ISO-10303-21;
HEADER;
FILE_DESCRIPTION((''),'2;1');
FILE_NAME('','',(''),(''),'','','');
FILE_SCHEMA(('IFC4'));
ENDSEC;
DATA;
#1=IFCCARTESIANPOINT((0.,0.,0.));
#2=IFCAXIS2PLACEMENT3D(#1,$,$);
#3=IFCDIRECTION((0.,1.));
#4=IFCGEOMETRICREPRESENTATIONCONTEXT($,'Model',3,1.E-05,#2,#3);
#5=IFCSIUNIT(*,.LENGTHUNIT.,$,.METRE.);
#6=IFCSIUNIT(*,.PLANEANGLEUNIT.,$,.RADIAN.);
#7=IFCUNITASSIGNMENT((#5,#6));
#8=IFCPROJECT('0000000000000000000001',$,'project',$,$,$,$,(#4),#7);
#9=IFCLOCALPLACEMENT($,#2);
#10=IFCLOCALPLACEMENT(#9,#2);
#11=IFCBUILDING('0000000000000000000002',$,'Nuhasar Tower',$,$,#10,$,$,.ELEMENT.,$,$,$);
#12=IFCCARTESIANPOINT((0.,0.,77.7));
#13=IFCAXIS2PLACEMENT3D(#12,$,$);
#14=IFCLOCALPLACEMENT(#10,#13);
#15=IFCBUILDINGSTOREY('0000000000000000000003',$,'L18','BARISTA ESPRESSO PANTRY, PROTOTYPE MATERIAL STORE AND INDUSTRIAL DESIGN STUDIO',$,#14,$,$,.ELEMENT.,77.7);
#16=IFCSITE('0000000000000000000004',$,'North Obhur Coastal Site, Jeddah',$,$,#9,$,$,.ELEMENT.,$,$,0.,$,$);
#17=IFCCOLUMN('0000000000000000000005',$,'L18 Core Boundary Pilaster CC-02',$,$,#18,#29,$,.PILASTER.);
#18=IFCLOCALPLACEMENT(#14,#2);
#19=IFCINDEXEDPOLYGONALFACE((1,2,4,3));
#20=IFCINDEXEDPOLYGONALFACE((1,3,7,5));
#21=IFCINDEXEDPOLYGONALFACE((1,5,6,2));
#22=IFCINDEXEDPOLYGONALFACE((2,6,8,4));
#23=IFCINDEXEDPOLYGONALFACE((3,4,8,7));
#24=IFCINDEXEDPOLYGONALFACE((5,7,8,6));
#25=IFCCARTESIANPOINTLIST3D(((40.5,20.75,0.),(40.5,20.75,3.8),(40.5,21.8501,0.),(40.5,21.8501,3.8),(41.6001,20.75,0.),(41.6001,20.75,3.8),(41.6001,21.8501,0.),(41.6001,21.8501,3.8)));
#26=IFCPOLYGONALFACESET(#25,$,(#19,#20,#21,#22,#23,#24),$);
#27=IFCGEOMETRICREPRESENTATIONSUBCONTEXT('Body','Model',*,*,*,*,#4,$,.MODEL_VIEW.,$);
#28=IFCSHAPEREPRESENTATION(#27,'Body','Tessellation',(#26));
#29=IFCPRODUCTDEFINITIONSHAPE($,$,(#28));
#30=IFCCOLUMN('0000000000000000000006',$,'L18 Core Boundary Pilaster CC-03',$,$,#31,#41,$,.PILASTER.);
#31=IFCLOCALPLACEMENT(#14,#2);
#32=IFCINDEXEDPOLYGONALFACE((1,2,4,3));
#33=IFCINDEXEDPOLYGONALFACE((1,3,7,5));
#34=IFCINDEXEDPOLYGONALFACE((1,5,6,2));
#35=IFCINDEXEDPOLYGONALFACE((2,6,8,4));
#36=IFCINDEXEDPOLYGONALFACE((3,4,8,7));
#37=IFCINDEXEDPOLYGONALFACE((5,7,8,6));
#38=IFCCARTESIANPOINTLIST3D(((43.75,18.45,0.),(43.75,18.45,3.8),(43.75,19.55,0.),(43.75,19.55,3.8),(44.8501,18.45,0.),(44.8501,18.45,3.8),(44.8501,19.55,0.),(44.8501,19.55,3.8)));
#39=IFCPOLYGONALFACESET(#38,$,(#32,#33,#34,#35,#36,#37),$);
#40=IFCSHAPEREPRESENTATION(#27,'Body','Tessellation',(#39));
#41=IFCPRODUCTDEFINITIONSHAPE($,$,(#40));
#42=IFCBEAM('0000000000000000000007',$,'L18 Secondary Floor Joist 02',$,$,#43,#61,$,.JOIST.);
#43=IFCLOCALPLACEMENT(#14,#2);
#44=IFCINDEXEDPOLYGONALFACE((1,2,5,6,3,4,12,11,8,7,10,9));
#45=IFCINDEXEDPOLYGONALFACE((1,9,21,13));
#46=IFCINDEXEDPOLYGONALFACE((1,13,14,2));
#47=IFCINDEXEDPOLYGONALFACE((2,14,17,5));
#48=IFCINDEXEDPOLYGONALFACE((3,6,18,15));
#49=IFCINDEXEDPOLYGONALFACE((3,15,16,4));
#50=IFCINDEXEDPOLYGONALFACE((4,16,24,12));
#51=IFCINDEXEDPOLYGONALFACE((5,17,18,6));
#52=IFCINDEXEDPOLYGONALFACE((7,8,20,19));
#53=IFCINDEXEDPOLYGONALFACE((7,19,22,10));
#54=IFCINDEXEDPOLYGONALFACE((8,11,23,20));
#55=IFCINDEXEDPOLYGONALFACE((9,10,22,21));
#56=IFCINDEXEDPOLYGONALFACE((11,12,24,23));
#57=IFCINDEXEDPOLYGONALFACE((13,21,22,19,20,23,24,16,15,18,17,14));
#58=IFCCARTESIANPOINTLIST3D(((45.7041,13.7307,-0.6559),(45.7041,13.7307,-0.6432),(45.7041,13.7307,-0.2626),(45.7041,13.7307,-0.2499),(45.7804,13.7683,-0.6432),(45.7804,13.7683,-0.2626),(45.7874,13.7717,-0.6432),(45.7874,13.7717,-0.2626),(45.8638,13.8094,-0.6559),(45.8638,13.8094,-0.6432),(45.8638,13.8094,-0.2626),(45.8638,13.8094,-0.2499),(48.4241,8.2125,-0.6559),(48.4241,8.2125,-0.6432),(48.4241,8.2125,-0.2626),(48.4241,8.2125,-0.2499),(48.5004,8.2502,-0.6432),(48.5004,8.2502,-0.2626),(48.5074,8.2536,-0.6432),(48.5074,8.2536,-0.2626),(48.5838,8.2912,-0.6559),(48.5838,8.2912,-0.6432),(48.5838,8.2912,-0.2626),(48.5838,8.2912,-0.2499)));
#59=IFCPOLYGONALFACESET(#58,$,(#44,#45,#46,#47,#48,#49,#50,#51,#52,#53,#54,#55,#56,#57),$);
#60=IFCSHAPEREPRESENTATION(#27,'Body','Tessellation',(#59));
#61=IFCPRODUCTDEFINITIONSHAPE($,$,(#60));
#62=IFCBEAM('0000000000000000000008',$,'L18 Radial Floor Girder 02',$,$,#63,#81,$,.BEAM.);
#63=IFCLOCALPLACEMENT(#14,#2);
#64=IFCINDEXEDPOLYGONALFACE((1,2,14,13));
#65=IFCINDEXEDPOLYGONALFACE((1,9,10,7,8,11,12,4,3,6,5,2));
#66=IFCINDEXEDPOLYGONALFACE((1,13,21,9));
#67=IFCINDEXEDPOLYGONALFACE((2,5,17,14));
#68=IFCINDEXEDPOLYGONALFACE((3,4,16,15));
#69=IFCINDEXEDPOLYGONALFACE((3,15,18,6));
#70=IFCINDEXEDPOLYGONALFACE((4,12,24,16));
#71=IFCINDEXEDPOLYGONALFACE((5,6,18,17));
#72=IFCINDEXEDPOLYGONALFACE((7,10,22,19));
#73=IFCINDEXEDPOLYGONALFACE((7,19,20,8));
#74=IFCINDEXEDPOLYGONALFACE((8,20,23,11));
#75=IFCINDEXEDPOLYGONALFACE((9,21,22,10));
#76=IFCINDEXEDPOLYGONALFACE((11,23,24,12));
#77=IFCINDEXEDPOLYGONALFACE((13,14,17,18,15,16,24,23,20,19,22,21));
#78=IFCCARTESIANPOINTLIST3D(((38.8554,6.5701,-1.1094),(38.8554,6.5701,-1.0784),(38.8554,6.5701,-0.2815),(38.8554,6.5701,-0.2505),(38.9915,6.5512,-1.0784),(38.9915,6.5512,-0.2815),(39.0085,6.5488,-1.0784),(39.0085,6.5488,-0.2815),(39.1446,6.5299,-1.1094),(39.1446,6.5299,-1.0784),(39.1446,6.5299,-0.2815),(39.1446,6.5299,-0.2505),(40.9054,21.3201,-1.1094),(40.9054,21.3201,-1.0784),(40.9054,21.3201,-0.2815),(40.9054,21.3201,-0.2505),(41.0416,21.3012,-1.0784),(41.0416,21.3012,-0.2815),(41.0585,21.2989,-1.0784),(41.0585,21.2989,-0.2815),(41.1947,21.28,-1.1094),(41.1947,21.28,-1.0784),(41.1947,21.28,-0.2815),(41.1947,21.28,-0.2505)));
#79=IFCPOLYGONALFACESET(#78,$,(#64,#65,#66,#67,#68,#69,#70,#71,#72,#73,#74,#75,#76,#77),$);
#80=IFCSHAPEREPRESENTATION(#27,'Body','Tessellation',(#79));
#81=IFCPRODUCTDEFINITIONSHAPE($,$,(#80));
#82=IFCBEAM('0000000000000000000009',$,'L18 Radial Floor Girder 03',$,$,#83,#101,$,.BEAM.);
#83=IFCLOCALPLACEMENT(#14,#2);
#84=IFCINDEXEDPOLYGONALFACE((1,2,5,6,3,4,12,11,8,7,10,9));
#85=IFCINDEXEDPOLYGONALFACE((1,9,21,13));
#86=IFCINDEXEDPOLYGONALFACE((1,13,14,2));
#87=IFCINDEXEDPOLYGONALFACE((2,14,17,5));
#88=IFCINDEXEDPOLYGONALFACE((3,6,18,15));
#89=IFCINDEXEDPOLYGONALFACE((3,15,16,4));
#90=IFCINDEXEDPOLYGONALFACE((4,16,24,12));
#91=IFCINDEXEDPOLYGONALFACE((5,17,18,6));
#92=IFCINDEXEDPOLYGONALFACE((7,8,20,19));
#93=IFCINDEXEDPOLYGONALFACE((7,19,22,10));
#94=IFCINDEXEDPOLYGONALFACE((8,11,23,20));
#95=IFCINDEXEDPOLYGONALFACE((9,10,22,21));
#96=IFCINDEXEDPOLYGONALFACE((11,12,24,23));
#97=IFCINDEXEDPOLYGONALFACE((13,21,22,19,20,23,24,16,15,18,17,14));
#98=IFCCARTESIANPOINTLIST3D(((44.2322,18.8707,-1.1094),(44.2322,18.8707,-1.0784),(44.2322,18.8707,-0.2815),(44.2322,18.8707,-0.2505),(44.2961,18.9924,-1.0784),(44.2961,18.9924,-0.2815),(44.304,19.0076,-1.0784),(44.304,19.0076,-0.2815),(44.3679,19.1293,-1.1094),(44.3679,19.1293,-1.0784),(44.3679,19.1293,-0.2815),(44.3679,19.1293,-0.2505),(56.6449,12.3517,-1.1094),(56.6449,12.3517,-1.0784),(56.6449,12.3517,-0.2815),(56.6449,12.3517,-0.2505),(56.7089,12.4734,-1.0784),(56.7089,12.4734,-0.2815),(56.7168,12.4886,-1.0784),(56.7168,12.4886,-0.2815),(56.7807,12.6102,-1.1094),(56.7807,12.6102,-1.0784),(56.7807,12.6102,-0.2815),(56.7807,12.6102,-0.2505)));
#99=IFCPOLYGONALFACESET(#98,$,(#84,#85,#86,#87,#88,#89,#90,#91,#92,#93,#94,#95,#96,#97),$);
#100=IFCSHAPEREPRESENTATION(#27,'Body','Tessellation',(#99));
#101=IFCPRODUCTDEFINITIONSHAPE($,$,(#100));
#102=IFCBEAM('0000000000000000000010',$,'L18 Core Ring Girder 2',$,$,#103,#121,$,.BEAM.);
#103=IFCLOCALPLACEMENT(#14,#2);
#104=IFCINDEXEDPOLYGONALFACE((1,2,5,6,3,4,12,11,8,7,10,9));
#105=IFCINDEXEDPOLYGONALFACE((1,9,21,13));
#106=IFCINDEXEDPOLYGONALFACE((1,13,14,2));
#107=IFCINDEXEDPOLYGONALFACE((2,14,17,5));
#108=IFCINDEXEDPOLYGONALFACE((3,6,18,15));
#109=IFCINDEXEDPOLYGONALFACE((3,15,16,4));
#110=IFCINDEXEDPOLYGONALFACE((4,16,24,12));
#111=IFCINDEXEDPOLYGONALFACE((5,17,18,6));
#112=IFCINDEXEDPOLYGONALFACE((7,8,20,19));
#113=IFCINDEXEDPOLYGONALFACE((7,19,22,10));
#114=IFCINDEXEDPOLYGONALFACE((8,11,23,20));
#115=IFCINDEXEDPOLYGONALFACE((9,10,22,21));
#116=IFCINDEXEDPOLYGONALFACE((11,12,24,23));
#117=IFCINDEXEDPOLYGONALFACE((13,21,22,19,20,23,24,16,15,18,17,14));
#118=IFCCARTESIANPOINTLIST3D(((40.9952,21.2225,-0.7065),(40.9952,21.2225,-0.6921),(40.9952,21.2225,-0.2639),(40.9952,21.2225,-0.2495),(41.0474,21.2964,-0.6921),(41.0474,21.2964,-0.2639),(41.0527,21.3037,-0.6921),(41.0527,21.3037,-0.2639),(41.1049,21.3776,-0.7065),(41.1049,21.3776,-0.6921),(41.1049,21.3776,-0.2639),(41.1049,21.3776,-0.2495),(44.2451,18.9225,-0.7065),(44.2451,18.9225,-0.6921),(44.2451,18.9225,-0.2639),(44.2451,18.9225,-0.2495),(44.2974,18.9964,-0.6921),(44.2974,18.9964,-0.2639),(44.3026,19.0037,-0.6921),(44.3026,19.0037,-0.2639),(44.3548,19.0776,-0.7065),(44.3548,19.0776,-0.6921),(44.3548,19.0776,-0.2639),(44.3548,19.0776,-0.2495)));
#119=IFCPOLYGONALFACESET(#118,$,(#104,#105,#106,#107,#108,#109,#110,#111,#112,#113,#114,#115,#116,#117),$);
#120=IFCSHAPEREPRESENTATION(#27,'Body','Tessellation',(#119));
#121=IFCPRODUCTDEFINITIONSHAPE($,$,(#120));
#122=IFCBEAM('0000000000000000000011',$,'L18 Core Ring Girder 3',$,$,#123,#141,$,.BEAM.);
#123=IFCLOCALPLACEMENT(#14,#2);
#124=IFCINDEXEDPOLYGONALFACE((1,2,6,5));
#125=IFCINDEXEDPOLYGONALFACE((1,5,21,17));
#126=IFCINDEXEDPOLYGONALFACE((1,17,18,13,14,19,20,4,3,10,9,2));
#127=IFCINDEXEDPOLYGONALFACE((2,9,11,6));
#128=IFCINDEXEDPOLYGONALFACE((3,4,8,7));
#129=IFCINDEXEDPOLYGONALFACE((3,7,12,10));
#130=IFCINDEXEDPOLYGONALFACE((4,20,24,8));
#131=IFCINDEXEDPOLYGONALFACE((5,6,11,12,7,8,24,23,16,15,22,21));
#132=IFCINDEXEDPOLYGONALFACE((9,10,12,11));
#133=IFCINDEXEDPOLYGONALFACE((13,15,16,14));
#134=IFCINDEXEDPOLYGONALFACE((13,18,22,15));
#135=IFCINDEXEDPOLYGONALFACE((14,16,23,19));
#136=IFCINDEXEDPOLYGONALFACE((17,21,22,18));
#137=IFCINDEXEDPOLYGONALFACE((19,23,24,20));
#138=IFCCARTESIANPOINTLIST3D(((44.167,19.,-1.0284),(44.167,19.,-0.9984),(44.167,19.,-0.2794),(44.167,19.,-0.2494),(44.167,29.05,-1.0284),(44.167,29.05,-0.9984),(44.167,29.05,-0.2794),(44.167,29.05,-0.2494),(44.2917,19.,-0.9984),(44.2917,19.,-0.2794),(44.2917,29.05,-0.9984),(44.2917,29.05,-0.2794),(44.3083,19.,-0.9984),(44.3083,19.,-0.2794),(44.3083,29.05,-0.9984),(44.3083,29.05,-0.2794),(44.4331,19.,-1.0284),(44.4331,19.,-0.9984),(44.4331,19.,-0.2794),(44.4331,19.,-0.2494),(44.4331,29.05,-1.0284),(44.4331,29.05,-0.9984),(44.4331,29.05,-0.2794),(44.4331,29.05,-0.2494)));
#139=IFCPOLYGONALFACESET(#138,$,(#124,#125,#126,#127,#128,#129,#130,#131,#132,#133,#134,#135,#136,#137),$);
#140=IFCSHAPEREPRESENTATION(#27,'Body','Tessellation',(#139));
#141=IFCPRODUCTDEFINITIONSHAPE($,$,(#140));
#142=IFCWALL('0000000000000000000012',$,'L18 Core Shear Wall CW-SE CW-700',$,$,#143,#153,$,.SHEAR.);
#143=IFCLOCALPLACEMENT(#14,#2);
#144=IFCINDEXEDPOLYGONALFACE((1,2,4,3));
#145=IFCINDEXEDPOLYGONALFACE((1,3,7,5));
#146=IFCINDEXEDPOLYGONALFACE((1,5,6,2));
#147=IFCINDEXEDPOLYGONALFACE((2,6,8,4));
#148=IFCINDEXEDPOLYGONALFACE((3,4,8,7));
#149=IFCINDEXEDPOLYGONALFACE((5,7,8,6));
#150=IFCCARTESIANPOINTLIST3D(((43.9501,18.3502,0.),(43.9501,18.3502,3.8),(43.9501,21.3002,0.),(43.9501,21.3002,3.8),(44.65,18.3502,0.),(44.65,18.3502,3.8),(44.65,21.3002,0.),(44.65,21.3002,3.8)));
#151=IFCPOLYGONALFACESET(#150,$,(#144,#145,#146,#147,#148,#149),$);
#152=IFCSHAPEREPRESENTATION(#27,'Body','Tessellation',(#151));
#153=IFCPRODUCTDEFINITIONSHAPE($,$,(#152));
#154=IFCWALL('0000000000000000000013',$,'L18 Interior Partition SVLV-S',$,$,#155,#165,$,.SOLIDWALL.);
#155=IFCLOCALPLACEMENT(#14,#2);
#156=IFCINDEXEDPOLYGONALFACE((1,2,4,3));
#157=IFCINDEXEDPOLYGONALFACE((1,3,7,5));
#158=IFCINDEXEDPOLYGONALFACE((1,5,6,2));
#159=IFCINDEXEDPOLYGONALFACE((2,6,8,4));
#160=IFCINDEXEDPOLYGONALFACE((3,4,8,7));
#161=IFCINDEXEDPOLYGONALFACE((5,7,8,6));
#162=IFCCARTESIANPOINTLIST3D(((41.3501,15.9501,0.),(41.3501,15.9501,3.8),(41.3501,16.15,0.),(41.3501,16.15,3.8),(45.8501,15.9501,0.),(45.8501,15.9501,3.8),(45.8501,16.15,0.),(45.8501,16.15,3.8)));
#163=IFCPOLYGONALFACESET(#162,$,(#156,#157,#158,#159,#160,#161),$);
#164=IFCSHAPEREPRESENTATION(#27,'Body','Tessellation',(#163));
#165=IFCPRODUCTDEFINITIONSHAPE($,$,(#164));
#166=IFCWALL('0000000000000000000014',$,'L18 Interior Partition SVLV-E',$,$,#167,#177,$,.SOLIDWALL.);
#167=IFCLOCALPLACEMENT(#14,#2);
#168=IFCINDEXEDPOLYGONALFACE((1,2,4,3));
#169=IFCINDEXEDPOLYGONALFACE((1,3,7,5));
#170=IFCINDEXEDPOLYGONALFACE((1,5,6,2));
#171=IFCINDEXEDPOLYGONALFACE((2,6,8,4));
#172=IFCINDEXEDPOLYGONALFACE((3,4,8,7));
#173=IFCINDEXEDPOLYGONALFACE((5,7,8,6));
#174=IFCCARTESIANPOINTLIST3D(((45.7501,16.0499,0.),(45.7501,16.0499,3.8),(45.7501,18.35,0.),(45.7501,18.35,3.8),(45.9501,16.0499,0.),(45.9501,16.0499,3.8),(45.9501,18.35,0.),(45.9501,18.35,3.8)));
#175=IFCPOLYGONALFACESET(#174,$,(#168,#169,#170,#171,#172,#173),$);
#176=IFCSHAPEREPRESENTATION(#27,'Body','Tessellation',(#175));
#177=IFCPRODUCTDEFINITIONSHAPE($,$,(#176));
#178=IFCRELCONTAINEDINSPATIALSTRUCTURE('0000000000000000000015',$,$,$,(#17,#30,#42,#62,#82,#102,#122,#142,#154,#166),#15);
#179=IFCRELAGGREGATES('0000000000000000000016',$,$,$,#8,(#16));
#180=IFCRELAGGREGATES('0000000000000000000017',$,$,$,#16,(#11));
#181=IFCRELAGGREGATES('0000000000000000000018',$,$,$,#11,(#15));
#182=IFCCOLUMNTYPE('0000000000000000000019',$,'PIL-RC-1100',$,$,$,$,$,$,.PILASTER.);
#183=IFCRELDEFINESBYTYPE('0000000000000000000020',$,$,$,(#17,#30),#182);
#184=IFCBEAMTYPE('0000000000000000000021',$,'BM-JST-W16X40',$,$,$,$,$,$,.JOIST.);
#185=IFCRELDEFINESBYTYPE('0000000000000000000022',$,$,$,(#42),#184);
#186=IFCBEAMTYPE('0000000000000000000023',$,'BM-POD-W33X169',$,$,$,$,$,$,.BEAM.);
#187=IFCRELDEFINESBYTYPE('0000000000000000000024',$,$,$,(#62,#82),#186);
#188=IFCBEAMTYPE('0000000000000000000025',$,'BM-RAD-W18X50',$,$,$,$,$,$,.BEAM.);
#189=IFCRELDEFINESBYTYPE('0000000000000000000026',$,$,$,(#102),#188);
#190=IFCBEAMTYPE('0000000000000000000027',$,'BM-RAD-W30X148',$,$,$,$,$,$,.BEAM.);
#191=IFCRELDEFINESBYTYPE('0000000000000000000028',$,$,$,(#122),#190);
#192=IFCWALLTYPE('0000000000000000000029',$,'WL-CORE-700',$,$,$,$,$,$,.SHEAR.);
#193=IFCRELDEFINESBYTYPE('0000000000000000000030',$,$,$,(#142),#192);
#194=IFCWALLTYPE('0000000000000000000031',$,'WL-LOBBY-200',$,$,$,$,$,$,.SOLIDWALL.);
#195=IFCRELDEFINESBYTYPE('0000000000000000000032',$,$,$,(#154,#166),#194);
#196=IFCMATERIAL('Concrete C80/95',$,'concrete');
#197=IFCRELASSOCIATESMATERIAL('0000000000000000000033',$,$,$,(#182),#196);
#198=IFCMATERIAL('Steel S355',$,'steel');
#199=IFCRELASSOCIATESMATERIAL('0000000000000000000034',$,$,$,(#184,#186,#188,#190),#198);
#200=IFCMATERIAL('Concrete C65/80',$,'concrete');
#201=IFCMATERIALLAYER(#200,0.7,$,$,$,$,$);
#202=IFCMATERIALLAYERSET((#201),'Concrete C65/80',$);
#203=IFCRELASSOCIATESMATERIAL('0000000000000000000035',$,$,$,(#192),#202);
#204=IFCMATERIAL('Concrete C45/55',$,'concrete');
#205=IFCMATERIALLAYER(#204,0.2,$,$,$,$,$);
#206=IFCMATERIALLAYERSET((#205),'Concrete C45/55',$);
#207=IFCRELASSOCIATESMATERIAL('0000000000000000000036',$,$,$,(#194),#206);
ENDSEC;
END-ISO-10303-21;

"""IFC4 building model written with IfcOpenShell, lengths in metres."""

from ifc_helpers import new_model, si_unit, direction, frame, frame_2d, origin, origin_2d, place, context, subcontext, project, spatial, rectangle, i_section, extrude, material, layer, layer_set, material_profile, profile_set, type_object, element, save


model = new_model("IFC4")

# Units and contexts
model_context = context("Model", 3, precision=1e-05, world=origin(), true_north=direction((0.0, 1.0)))
body_context = subcontext(model_context, "Body", "Model", "MODEL_VIEW")
ifc_project = project(units=[si_unit("LENGTHUNIT", "METRE"), si_unit("PLANEANGLEUNIT", "RADIAN")], contexts=[model_context])

# Site, building, storey
site_placement = place(None, origin())
site = spatial("IfcSite", under=ifc_project, at=site_placement, Name="North Obhur Coastal Site, Jeddah", CompositionType="ELEMENT", RefElevation=0.0)
building_placement = place(site_placement, origin())
building = spatial("IfcBuilding", under=site, at=building_placement, Name="Nuhasar Tower", CompositionType="ELEMENT")
storey_placement = place(building_placement, frame((0.0, 0.0, 77.7)))
storey = spatial("IfcBuildingStorey", under=building, at=storey_placement, Name="L18", Description="BARISTA ESPRESSO PANTRY, PROTOTYPE MATERIAL STORE AND INDUSTRIAL DESIGN STUDIO", CompositionType="ELEMENT", Elevation=77.7)

# Columns
ifc_material_1 = material(Name="Concrete C80/95", Category="concrete")
ifc_material_profile_1 = material_profile(ifc_material_1, rectangle(XDim=1.1001, YDim=1.1001, at=origin_2d()), Name="RC1100X1100")
ifc_profile_set_1 = profile_set([ifc_material_profile_1], Name="Concrete C80/95")
column_type = type_object("IfcColumnType", Name="PIL-RC-1100", PredefinedType="PILASTER", material=ifc_profile_set_1)
for number, where, z_axis, x_axis, name in (
    (1, (41.05, 21.3, 0.0), (0.0, 0.0, 1.0), (1.0, 0.0, 0.0), "L18 Core Boundary Pilaster CC-02"),
    (2, (44.3, 19.0, 0.0), (0.0, 0.0, 1.0), (1.0, 0.0, 0.0), "L18 Core Boundary Pilaster CC-03"),
):
    element("IfcColumn", number, at=place(storey_placement, frame(where, z_axis=z_axis, x_axis=x_axis)), inside=storey, type_object=column_type, Name=name, PredefinedType="PILASTER", context=body_context, shape_type="SweptSolid", body=[
        extrude(rectangle(XDim=1.1001, YDim=1.1001, at=origin_2d()), origin(), (0.0, 0.0, 1.0), 3.8),
    ])

# Beams
ifc_material_2 = material(Name="Steel S355", Category="steel")
ifc_material_profile_2 = material_profile(ifc_material_2, i_section(OverallWidth=0.178, OverallDepth=0.406, WebThickness=0.0078, FlangeThickness=0.0127, at=origin_2d()), Name="W16X40")
ifc_profile_set_2 = profile_set([ifc_material_profile_2], Name="Steel S355")
beam_type_1 = type_object("IfcBeamType", Name="BM-JST-W16X40", PredefinedType="JOIST", material=ifc_profile_set_2)
beam_1_placement = place(storey_placement, frame((45.7839, 13.77, -0.4529), z_axis=(0.442127, -0.896953, 0.0), x_axis=(0.896953, 0.442127, 0.0)))
element("IfcBeam", 3, at=beam_1_placement, inside=storey, type_object=beam_type_1, Name="L18 Secondary Floor Joist 02", PredefinedType="JOIST", context=body_context, shape_type="SweptSolid", body=[
    extrude(i_section(OverallWidth=0.178, OverallDepth=0.406, WebThickness=0.0078, FlangeThickness=0.0127, at=origin_2d()), origin(), (0.0, 0.0, 1.0), 6.1521),
])
ifc_material_profile_3 = material_profile(ifc_material_2, i_section(OverallWidth=0.292, OverallDepth=0.8589, WebThickness=0.0171, FlangeThickness=0.031, at=origin_2d()), Name="W33X169")
ifc_profile_set_3 = profile_set([ifc_material_profile_3], Name="Steel S355")
beam_type_2 = type_object("IfcBeamType", Name="BM-POD-W33X169", PredefinedType="BEAM", material=ifc_profile_set_3)
beam_2_placement = place(storey_placement, frame((41.05, 21.3, -0.6799), z_axis=(-0.137663, -0.990479, 0.0), x_axis=(0.990479, -0.137663, 0.0)))
element("IfcBeam", 4, at=beam_2_placement, inside=storey, type_object=beam_type_2, Name="L18 Radial Floor Girder 02", PredefinedType="BEAM", context=body_context, shape_type="SweptSolid", body=[
    extrude(i_section(OverallWidth=0.292, OverallDepth=0.8589, WebThickness=0.0171, FlangeThickness=0.031, at=origin_2d()), origin(), (0.0, 0.0, 1.0), 14.8918),
])
beam_3_placement = place(storey_placement, frame((44.3, 19.0, -0.6799), z_axis=(0.88533, -0.464963, 0.0), x_axis=(0.464963, 0.88533, 0.0)))
element("IfcBeam", 5, at=beam_3_placement, inside=storey, type_object=beam_type_2, Name="L18 Radial Floor Girder 03", PredefinedType="BEAM", context=body_context, shape_type="SweptSolid", body=[
    extrude(i_section(OverallWidth=0.292, OverallDepth=0.8589, WebThickness=0.0171, FlangeThickness=0.031, at=origin_2d()), origin(), (0.0, 0.0, 1.0), 14.0205),
])
ifc_material_profile_4 = material_profile(ifc_material_2, i_section(OverallWidth=0.1899, OverallDepth=0.457, WebThickness=0.009, FlangeThickness=0.0144, at=origin_2d()), Name="W18X50")
ifc_profile_set_4 = profile_set([ifc_material_profile_4], Name="Steel S355")
beam_type_3 = type_object("IfcBeamType", Name="BM-RAD-W18X50", PredefinedType="BEAM", material=ifc_profile_set_4)
beam_4_placement = place(storey_placement, frame((41.05, 21.3, -0.478), z_axis=(0.816265, -0.577677, 0.0), x_axis=(0.577677, 0.816265, 0.0)))
element("IfcBeam", 6, at=beam_4_placement, inside=storey, type_object=beam_type_3, Name="L18 Core Ring Girder 2", PredefinedType="BEAM", context=body_context, shape_type="SweptSolid", body=[
    extrude(i_section(OverallWidth=0.1899, OverallDepth=0.457, WebThickness=0.009, FlangeThickness=0.0144, at=origin_2d()), origin(), (0.0, 0.0, 1.0), 3.9814),
])
ifc_material_profile_5 = material_profile(ifc_material_2, i_section(OverallWidth=0.2661, OverallDepth=0.7791, WebThickness=0.0166, FlangeThickness=0.03, at=origin_2d()), Name="W30X148")
ifc_profile_set_5 = profile_set([ifc_material_profile_5], Name="Steel S355")
beam_type_4 = type_object("IfcBeamType", Name="BM-RAD-W30X148", PredefinedType="BEAM", material=ifc_profile_set_5)
beam_5_placement = place(storey_placement, frame((44.3, 19.0, -0.6389), z_axis=(0.0, 1.0, 0.0), x_axis=(-1.0, 0.0, 0.0)))
element("IfcBeam", 7, at=beam_5_placement, inside=storey, type_object=beam_type_4, Name="L18 Core Ring Girder 3", PredefinedType="BEAM", context=body_context, shape_type="SweptSolid", body=[
    extrude(i_section(OverallWidth=0.2661, OverallDepth=0.7791, WebThickness=0.0166, FlangeThickness=0.03, at=origin_2d()), origin(), (0.0, 0.0, 1.0), 10.05),
])

# Wall
ifc_material_3 = material(Name="Concrete C65/80", Category="concrete")
ifc_layer_1 = layer(ifc_material_3, 0.7)
ifc_layer_set_1 = layer_set([ifc_layer_1], Name="Concrete C65/80")
wall_type_1 = type_object("IfcWallType", Name="WL-CORE-700", PredefinedType="SHEAR", material=ifc_layer_set_1)
wall_1_placement = place(storey_placement, frame((44.3, 18.3501, 0.0), z_axis=(0.0, 0.0, 1.0), x_axis=(0.0, 1.0, 0.0)))
element("IfcWall", 8, at=wall_1_placement, inside=storey, type_object=wall_type_1, Name="L18 Core Shear Wall CW-SE CW-700", PredefinedType="SHEAR", context=body_context, shape_type="SweptSolid", body=[
    extrude(rectangle(XDim=2.95, YDim=0.7, at=frame_2d((1.4751, 0.0))), origin(), (0.0, 0.0, 1.0), 3.8),
])

# Shared definitions
ifc_material_4 = material(Name="Concrete C45/55", Category="concrete")
ifc_layer_2 = layer(ifc_material_4, 0.2)
ifc_layer_set_2 = layer_set([ifc_layer_2], Name="Concrete C45/55")
wall_type_2 = type_object("IfcWallType", Name="WL-LOBBY-200", PredefinedType="SOLIDWALL", material=ifc_layer_set_2)

# Walls
wall_2_placement = place(storey_placement, frame((41.3501, 16.05, 0.0), z_axis=(0.0, 0.0, 1.0), x_axis=(1.0, 0.0, 0.0)))
element("IfcWall", 9, at=wall_2_placement, inside=storey, type_object=wall_type_2, Name="L18 Interior Partition SVLV-S", PredefinedType="SOLIDWALL", context=body_context, shape_type="SweptSolid", body=[
    extrude(rectangle(XDim=4.5, YDim=0.2, at=frame_2d((2.25, 0.0))), origin(), (0.0, 0.0, 1.0), 3.8),
])
wall_3_placement = place(storey_placement, frame((45.8501, 16.05, 0.0), z_axis=(0.0, 0.0, 1.0), x_axis=(0.0, 1.0, 0.0)))
element("IfcWall", 10, at=wall_3_placement, inside=storey, type_object=wall_type_2, Name="L18 Interior Partition SVLV-E", PredefinedType="SOLIDWALL", context=body_context, shape_type="SweptSolid", body=[
    extrude(rectangle(XDim=2.3, YDim=0.2, at=frame_2d((1.1499, 0.0))), origin(), (0.0, 0.0, 1.0), 3.8),
])

save(model, "model.ifc")
